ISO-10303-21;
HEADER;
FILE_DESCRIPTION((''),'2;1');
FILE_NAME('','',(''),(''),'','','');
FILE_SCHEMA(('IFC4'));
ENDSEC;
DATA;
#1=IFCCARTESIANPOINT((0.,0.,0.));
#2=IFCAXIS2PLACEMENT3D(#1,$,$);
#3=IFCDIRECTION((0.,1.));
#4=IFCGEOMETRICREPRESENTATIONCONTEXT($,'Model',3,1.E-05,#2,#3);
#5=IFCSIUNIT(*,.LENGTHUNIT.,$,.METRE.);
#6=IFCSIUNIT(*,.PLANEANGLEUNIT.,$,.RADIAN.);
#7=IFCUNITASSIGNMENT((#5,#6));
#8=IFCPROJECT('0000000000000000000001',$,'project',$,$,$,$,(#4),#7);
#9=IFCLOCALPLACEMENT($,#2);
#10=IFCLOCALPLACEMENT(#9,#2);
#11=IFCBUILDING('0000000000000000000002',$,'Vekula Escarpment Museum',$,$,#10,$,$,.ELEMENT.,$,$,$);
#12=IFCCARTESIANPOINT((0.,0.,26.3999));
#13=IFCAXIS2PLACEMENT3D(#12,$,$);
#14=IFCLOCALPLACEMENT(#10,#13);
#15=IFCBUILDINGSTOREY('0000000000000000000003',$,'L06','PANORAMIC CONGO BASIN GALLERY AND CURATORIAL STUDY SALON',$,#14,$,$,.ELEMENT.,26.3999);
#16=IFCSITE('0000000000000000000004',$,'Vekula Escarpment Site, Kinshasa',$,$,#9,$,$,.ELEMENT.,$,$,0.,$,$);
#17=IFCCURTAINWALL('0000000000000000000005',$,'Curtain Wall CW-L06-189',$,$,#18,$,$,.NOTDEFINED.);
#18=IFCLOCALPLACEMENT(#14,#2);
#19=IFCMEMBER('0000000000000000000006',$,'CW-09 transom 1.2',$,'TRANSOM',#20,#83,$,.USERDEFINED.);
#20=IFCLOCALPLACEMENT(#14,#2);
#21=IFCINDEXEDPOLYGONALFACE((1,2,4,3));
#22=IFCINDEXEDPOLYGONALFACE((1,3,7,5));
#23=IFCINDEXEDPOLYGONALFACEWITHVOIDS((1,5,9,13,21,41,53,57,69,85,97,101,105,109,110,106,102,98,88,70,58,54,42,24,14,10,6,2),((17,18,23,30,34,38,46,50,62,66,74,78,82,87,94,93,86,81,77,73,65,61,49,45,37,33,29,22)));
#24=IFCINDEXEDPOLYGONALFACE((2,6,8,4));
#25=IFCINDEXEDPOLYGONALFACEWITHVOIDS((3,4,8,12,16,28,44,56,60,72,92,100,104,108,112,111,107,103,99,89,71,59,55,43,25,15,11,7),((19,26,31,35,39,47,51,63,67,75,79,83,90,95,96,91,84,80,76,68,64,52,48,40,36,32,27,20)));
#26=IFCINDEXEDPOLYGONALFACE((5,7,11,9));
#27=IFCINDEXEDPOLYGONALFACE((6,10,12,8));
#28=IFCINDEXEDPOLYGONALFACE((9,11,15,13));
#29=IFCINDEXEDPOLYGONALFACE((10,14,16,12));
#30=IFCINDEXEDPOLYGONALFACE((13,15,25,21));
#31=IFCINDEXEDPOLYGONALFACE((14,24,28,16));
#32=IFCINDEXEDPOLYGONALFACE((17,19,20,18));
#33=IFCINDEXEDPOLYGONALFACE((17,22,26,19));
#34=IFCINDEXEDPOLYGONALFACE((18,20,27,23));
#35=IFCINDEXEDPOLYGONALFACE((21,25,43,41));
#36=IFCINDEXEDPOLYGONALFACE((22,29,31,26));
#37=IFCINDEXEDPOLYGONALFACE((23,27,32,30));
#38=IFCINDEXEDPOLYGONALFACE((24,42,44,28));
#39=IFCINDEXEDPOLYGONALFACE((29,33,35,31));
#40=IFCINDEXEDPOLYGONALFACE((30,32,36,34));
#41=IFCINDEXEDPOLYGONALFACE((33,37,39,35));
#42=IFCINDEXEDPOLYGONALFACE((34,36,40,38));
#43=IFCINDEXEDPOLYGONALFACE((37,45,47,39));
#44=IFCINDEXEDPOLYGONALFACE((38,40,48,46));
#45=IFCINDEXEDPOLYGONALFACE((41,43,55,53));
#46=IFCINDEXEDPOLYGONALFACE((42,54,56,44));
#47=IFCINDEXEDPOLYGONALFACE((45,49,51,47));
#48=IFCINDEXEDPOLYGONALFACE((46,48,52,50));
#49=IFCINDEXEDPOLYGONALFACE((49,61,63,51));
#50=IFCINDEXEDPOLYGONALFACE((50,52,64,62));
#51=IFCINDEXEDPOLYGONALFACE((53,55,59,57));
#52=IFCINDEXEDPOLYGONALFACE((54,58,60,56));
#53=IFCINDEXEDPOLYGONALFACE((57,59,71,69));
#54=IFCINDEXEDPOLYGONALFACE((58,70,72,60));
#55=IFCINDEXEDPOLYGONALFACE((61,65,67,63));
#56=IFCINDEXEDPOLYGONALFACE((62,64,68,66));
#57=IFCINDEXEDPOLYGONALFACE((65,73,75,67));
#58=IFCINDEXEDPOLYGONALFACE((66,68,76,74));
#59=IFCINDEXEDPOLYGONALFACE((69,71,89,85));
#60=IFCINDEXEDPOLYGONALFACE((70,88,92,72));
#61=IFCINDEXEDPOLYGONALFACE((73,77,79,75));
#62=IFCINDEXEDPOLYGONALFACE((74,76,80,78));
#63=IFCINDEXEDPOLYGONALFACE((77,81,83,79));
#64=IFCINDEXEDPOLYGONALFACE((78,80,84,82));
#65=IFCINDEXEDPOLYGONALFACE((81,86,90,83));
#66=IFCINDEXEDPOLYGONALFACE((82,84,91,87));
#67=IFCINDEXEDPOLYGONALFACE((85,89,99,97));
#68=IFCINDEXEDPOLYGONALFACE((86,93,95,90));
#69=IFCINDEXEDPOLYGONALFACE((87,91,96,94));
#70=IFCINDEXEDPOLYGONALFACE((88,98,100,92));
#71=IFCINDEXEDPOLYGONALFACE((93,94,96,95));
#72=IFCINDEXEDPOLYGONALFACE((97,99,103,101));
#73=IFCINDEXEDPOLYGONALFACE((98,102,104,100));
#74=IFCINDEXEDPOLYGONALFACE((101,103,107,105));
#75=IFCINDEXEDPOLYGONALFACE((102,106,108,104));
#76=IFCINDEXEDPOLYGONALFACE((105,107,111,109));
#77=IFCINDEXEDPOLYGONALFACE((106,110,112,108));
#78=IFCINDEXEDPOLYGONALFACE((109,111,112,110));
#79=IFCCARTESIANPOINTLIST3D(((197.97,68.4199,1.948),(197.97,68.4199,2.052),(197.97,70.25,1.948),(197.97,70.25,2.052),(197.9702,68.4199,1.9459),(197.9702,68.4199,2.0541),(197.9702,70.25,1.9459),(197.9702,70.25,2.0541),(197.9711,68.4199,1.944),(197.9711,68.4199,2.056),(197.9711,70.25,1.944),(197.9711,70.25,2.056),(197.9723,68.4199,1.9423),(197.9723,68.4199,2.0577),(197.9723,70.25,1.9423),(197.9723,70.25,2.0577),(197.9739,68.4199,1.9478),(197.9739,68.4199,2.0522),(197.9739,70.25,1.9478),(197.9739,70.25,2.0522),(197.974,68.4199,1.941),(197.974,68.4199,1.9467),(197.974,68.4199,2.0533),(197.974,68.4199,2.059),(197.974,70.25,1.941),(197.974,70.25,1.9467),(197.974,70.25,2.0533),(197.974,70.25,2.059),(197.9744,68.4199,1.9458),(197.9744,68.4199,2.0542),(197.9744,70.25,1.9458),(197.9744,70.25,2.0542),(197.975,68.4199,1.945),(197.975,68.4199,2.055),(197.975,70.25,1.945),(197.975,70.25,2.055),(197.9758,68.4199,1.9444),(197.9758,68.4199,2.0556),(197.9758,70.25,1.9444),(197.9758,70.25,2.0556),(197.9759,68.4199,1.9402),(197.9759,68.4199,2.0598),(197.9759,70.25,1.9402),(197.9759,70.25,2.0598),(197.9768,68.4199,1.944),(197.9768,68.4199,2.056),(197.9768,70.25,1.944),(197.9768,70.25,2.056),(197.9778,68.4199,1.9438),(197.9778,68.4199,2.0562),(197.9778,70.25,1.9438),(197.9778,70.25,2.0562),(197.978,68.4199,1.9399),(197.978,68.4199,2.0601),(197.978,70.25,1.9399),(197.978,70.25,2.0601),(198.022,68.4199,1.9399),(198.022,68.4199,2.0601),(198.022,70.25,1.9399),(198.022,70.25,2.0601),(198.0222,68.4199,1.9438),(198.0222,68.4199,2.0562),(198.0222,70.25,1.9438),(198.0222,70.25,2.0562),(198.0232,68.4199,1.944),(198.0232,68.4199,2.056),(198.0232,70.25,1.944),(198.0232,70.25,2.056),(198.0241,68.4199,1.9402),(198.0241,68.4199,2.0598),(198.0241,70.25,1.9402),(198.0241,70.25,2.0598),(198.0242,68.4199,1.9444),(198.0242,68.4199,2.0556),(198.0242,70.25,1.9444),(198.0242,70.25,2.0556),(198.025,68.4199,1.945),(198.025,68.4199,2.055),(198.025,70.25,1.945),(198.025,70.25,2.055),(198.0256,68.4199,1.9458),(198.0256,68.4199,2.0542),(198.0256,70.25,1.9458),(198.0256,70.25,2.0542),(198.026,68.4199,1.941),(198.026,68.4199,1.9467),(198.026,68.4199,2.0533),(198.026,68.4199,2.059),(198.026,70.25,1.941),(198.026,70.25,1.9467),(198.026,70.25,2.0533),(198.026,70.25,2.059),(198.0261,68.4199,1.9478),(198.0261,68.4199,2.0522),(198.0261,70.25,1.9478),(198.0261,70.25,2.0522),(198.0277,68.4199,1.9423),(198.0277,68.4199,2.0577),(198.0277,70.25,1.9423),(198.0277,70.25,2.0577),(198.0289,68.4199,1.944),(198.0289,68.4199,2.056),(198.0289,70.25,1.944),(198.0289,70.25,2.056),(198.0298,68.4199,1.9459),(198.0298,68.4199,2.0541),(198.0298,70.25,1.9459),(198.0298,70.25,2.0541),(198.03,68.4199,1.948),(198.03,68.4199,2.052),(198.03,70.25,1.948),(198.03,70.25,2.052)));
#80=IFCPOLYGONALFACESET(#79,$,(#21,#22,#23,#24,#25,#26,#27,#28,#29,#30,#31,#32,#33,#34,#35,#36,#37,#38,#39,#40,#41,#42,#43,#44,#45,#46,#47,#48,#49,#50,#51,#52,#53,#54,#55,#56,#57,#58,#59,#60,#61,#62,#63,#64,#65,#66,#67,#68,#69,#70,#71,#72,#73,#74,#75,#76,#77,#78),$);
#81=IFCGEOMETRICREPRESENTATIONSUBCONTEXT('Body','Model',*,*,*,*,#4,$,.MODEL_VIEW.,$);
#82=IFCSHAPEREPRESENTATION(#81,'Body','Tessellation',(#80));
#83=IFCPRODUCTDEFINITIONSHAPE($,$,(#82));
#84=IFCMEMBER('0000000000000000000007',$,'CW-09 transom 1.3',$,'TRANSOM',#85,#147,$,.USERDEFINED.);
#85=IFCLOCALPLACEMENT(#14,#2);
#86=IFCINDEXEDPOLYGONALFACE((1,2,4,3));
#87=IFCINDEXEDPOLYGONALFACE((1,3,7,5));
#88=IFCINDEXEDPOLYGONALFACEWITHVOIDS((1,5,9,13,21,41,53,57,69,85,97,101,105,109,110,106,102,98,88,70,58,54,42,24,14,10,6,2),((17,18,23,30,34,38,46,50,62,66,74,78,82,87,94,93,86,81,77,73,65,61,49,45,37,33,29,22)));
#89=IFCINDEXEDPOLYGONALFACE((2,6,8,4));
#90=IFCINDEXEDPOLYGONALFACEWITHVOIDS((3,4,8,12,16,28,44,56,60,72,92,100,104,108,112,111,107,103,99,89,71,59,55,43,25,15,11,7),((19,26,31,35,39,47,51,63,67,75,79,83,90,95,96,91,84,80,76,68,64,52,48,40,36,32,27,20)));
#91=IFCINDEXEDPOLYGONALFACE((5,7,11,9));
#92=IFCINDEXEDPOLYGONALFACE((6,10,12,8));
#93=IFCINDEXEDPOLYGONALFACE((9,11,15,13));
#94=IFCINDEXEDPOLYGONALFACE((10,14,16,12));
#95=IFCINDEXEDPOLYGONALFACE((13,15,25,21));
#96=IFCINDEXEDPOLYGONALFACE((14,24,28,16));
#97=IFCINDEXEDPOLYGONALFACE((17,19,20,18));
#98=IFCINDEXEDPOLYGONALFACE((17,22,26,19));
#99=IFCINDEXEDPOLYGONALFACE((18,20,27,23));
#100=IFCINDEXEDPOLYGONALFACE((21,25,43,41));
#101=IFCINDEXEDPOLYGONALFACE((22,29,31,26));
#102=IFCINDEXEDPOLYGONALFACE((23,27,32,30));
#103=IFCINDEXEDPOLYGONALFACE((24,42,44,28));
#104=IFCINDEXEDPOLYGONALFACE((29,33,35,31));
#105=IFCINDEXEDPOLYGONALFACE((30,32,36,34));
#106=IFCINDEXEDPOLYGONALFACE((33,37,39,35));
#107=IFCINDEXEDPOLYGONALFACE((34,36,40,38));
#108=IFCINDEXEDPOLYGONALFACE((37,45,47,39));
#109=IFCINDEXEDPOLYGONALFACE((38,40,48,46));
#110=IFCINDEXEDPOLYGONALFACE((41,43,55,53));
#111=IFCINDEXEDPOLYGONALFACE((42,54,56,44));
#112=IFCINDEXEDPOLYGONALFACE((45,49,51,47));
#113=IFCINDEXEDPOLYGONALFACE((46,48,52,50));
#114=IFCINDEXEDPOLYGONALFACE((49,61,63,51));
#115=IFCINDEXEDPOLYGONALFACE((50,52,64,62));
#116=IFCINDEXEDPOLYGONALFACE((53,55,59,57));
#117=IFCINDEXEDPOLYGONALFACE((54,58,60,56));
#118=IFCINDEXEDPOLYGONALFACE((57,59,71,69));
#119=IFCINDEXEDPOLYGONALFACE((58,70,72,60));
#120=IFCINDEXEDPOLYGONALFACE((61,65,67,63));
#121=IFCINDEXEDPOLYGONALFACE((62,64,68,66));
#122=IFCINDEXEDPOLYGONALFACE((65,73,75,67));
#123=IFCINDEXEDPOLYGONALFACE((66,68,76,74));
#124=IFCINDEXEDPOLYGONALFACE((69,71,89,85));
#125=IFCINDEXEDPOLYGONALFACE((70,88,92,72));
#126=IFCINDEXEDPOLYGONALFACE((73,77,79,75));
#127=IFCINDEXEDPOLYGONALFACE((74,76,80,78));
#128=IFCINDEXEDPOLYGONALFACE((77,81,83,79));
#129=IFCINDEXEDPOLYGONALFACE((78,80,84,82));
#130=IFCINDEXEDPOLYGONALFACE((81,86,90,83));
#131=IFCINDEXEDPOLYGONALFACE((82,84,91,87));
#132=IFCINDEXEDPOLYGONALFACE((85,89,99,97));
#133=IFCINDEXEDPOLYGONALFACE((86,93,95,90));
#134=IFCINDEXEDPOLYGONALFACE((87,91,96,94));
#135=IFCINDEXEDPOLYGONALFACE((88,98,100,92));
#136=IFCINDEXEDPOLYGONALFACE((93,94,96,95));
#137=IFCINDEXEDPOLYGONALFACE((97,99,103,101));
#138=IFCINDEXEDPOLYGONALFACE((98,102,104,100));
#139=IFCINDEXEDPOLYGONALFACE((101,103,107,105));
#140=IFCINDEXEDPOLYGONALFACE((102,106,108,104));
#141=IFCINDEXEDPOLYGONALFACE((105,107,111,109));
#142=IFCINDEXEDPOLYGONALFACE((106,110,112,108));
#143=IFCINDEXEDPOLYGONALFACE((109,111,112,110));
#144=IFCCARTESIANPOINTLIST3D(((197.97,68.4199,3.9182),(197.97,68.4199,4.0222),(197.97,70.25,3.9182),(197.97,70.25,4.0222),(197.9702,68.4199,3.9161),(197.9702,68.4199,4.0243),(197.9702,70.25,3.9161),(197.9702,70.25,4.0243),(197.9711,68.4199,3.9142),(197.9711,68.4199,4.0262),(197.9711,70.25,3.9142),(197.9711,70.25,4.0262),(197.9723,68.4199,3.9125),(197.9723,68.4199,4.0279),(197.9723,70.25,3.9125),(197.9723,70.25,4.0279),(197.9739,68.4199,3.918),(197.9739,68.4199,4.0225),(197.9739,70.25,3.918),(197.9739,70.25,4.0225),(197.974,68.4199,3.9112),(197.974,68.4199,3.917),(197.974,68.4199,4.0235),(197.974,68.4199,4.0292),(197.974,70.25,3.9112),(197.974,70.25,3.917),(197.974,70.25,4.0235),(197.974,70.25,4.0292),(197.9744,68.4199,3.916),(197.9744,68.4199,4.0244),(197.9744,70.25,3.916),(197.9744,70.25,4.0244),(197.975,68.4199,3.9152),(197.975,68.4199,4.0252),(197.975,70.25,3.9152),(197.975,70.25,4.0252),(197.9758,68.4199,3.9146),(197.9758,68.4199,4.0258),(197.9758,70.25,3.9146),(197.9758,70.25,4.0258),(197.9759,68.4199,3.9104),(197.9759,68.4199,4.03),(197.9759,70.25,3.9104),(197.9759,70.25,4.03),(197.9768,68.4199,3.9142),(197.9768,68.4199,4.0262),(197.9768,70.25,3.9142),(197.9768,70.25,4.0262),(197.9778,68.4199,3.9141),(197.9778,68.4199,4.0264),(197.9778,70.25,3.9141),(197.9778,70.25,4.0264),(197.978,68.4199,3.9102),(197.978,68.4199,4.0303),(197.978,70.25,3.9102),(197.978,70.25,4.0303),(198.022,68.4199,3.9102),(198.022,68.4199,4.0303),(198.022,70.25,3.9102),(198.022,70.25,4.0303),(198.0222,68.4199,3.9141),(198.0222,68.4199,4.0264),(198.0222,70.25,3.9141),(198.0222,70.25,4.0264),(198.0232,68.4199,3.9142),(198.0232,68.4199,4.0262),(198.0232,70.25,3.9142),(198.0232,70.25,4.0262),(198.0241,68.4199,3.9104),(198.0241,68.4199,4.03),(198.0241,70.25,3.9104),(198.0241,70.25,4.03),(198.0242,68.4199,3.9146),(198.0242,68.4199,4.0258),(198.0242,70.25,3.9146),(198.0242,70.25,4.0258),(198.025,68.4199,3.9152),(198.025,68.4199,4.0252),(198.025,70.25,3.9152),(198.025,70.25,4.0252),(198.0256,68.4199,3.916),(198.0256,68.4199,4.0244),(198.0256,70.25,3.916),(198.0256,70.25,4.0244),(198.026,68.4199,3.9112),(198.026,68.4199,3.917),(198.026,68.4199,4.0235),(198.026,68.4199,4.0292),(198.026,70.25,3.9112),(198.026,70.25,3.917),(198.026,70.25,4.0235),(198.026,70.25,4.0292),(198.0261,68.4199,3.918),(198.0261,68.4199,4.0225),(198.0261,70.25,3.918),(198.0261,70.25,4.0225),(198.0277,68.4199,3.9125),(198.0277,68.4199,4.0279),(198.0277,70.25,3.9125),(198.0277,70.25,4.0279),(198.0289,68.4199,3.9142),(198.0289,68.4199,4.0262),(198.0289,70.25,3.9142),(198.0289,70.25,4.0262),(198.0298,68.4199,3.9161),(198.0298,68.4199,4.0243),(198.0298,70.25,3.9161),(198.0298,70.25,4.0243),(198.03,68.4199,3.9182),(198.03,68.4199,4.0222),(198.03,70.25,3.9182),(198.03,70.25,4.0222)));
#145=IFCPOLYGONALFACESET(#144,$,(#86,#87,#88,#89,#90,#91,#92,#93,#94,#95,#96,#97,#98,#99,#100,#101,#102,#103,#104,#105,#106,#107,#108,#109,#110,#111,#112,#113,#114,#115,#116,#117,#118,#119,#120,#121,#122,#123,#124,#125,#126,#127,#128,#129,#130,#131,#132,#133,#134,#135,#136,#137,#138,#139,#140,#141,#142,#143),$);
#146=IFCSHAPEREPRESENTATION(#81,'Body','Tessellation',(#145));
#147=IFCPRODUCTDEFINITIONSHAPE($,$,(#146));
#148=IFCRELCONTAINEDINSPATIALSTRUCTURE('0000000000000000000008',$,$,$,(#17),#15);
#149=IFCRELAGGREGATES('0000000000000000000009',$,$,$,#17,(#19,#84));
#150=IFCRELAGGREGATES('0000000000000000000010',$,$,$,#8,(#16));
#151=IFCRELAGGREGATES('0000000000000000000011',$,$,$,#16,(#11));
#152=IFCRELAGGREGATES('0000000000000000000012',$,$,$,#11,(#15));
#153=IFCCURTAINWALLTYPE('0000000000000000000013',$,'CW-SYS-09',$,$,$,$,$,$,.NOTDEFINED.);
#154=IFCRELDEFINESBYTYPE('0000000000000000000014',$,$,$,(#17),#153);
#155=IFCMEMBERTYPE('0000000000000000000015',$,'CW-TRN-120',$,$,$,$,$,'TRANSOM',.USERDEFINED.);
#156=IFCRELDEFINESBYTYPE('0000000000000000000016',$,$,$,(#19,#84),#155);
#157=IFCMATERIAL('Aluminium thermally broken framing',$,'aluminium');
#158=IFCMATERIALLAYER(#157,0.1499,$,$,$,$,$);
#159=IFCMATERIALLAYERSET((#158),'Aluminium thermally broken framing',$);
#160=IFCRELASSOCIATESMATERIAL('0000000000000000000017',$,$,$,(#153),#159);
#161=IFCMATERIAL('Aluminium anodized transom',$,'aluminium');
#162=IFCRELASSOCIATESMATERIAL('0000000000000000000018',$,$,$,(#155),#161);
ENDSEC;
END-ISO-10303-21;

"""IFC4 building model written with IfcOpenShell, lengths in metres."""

from ifc_helpers import new_model, si_unit, direction, frame, origin, origin_2d, place, context, subcontext, project, spatial, hollow_rectangle, extrude, material, layer, layer_set, material_profile, profile_set, type_object, element, aggregate, save


model = new_model("IFC4")

# Units and contexts
model_context = context("Model", 3, precision=1e-05, world=origin(), true_north=direction((0.0, 1.0)))
body_context = subcontext(model_context, "Body", "Model", "MODEL_VIEW")
ifc_project = project(units=[si_unit("LENGTHUNIT", "METRE"), si_unit("PLANEANGLEUNIT", "RADIAN")], contexts=[model_context])

# Site, building, storey
site_placement = place(None, origin())
site = spatial("IfcSite", under=ifc_project, at=site_placement, Name="Vekula Escarpment Site, Kinshasa", CompositionType="ELEMENT", RefElevation=0.0)
building_placement = place(site_placement, origin())
building = spatial("IfcBuilding", under=site, at=building_placement, Name="Vekula Escarpment Museum", CompositionType="ELEMENT")
storey_placement = place(building_placement, frame((0.0, 0.0, 26.3999)))
storey = spatial("IfcBuildingStorey", under=building, at=storey_placement, Name="L06", Description="PANORAMIC CONGO BASIN GALLERY AND CURATORIAL STUDY SALON", CompositionType="ELEMENT", Elevation=26.3999)

# Curtain wall, members
ifc_material_1 = material(Name="Aluminium thermally broken framing", Category="aluminium")
ifc_layer_1 = layer(ifc_material_1, 0.1499)
ifc_layer_set_1 = layer_set([ifc_layer_1], Name="Aluminium thermally broken framing")
curtain_wall_type = type_object("IfcCurtainWallType", Name="CW-SYS-09", PredefinedType="NOTDEFINED", material=ifc_layer_set_1)
curtain_wall_placement = place(storey_placement, origin())
curtain_wall = element("IfcCurtainWall", 1, at=curtain_wall_placement, inside=storey, type_object=curtain_wall_type, Name="Curtain Wall CW-L06-189", PredefinedType="NOTDEFINED")
ifc_material_2 = material(Name="Aluminium anodized transom", Category="aluminium")
ifc_material_profile_1 = material_profile(ifc_material_2, hollow_rectangle(XDim=0.0601, YDim=0.1201, WallThickness=0.0039, InnerFilletRadius=0.0039, OuterFilletRadius=0.0081, at=origin_2d()), Name="ALU 120x60x4")
ifc_profile_set_1 = profile_set([ifc_material_profile_1], Name="Aluminium anodized transom")
member_type_1 = type_object("IfcMemberType", Name="CW-TRN-120", ElementType="TRANSOM", PredefinedType="USERDEFINED", material=ifc_profile_set_1)
member_1_placement = place(storey_placement, frame((198.0, 68.4199, 2.0), z_axis=(0.0, 1.0, 0.0), x_axis=(-1.0, 0.0, 0.0)))
member_1 = element("IfcMember", 2, at=member_1_placement, type_object=member_type_1, Name="CW-09 transom 1.2", ObjectType="TRANSOM", PredefinedType="USERDEFINED", context=body_context, shape_type="SweptSolid", body=[
    extrude(hollow_rectangle(XDim=0.0601, YDim=0.1201, WallThickness=0.0039, InnerFilletRadius=0.0039, OuterFilletRadius=0.0081, at=origin_2d()), origin(), (0.0, 0.0, 1.0), 1.8301),
])
member_2_placement = place(storey_placement, frame((198.0, 68.4199, 3.9702), z_axis=(0.0, 1.0, 0.0), x_axis=(-1.0, 0.0, 0.0)))
member_2 = element("IfcMember", 3, at=member_2_placement, type_object=member_type_1, Name="CW-09 transom 1.3", ObjectType="TRANSOM", PredefinedType="USERDEFINED", context=body_context, shape_type="SweptSolid", body=[
    extrude(hollow_rectangle(XDim=0.0601, YDim=0.1201, WallThickness=0.0039, InnerFilletRadius=0.0039, OuterFilletRadius=0.0081, at=origin_2d()), origin(), (0.0, 0.0, 1.0), 1.8301),
])

aggregate(curtain_wall, [member_1, member_2])

save(model, "model.ifc")
